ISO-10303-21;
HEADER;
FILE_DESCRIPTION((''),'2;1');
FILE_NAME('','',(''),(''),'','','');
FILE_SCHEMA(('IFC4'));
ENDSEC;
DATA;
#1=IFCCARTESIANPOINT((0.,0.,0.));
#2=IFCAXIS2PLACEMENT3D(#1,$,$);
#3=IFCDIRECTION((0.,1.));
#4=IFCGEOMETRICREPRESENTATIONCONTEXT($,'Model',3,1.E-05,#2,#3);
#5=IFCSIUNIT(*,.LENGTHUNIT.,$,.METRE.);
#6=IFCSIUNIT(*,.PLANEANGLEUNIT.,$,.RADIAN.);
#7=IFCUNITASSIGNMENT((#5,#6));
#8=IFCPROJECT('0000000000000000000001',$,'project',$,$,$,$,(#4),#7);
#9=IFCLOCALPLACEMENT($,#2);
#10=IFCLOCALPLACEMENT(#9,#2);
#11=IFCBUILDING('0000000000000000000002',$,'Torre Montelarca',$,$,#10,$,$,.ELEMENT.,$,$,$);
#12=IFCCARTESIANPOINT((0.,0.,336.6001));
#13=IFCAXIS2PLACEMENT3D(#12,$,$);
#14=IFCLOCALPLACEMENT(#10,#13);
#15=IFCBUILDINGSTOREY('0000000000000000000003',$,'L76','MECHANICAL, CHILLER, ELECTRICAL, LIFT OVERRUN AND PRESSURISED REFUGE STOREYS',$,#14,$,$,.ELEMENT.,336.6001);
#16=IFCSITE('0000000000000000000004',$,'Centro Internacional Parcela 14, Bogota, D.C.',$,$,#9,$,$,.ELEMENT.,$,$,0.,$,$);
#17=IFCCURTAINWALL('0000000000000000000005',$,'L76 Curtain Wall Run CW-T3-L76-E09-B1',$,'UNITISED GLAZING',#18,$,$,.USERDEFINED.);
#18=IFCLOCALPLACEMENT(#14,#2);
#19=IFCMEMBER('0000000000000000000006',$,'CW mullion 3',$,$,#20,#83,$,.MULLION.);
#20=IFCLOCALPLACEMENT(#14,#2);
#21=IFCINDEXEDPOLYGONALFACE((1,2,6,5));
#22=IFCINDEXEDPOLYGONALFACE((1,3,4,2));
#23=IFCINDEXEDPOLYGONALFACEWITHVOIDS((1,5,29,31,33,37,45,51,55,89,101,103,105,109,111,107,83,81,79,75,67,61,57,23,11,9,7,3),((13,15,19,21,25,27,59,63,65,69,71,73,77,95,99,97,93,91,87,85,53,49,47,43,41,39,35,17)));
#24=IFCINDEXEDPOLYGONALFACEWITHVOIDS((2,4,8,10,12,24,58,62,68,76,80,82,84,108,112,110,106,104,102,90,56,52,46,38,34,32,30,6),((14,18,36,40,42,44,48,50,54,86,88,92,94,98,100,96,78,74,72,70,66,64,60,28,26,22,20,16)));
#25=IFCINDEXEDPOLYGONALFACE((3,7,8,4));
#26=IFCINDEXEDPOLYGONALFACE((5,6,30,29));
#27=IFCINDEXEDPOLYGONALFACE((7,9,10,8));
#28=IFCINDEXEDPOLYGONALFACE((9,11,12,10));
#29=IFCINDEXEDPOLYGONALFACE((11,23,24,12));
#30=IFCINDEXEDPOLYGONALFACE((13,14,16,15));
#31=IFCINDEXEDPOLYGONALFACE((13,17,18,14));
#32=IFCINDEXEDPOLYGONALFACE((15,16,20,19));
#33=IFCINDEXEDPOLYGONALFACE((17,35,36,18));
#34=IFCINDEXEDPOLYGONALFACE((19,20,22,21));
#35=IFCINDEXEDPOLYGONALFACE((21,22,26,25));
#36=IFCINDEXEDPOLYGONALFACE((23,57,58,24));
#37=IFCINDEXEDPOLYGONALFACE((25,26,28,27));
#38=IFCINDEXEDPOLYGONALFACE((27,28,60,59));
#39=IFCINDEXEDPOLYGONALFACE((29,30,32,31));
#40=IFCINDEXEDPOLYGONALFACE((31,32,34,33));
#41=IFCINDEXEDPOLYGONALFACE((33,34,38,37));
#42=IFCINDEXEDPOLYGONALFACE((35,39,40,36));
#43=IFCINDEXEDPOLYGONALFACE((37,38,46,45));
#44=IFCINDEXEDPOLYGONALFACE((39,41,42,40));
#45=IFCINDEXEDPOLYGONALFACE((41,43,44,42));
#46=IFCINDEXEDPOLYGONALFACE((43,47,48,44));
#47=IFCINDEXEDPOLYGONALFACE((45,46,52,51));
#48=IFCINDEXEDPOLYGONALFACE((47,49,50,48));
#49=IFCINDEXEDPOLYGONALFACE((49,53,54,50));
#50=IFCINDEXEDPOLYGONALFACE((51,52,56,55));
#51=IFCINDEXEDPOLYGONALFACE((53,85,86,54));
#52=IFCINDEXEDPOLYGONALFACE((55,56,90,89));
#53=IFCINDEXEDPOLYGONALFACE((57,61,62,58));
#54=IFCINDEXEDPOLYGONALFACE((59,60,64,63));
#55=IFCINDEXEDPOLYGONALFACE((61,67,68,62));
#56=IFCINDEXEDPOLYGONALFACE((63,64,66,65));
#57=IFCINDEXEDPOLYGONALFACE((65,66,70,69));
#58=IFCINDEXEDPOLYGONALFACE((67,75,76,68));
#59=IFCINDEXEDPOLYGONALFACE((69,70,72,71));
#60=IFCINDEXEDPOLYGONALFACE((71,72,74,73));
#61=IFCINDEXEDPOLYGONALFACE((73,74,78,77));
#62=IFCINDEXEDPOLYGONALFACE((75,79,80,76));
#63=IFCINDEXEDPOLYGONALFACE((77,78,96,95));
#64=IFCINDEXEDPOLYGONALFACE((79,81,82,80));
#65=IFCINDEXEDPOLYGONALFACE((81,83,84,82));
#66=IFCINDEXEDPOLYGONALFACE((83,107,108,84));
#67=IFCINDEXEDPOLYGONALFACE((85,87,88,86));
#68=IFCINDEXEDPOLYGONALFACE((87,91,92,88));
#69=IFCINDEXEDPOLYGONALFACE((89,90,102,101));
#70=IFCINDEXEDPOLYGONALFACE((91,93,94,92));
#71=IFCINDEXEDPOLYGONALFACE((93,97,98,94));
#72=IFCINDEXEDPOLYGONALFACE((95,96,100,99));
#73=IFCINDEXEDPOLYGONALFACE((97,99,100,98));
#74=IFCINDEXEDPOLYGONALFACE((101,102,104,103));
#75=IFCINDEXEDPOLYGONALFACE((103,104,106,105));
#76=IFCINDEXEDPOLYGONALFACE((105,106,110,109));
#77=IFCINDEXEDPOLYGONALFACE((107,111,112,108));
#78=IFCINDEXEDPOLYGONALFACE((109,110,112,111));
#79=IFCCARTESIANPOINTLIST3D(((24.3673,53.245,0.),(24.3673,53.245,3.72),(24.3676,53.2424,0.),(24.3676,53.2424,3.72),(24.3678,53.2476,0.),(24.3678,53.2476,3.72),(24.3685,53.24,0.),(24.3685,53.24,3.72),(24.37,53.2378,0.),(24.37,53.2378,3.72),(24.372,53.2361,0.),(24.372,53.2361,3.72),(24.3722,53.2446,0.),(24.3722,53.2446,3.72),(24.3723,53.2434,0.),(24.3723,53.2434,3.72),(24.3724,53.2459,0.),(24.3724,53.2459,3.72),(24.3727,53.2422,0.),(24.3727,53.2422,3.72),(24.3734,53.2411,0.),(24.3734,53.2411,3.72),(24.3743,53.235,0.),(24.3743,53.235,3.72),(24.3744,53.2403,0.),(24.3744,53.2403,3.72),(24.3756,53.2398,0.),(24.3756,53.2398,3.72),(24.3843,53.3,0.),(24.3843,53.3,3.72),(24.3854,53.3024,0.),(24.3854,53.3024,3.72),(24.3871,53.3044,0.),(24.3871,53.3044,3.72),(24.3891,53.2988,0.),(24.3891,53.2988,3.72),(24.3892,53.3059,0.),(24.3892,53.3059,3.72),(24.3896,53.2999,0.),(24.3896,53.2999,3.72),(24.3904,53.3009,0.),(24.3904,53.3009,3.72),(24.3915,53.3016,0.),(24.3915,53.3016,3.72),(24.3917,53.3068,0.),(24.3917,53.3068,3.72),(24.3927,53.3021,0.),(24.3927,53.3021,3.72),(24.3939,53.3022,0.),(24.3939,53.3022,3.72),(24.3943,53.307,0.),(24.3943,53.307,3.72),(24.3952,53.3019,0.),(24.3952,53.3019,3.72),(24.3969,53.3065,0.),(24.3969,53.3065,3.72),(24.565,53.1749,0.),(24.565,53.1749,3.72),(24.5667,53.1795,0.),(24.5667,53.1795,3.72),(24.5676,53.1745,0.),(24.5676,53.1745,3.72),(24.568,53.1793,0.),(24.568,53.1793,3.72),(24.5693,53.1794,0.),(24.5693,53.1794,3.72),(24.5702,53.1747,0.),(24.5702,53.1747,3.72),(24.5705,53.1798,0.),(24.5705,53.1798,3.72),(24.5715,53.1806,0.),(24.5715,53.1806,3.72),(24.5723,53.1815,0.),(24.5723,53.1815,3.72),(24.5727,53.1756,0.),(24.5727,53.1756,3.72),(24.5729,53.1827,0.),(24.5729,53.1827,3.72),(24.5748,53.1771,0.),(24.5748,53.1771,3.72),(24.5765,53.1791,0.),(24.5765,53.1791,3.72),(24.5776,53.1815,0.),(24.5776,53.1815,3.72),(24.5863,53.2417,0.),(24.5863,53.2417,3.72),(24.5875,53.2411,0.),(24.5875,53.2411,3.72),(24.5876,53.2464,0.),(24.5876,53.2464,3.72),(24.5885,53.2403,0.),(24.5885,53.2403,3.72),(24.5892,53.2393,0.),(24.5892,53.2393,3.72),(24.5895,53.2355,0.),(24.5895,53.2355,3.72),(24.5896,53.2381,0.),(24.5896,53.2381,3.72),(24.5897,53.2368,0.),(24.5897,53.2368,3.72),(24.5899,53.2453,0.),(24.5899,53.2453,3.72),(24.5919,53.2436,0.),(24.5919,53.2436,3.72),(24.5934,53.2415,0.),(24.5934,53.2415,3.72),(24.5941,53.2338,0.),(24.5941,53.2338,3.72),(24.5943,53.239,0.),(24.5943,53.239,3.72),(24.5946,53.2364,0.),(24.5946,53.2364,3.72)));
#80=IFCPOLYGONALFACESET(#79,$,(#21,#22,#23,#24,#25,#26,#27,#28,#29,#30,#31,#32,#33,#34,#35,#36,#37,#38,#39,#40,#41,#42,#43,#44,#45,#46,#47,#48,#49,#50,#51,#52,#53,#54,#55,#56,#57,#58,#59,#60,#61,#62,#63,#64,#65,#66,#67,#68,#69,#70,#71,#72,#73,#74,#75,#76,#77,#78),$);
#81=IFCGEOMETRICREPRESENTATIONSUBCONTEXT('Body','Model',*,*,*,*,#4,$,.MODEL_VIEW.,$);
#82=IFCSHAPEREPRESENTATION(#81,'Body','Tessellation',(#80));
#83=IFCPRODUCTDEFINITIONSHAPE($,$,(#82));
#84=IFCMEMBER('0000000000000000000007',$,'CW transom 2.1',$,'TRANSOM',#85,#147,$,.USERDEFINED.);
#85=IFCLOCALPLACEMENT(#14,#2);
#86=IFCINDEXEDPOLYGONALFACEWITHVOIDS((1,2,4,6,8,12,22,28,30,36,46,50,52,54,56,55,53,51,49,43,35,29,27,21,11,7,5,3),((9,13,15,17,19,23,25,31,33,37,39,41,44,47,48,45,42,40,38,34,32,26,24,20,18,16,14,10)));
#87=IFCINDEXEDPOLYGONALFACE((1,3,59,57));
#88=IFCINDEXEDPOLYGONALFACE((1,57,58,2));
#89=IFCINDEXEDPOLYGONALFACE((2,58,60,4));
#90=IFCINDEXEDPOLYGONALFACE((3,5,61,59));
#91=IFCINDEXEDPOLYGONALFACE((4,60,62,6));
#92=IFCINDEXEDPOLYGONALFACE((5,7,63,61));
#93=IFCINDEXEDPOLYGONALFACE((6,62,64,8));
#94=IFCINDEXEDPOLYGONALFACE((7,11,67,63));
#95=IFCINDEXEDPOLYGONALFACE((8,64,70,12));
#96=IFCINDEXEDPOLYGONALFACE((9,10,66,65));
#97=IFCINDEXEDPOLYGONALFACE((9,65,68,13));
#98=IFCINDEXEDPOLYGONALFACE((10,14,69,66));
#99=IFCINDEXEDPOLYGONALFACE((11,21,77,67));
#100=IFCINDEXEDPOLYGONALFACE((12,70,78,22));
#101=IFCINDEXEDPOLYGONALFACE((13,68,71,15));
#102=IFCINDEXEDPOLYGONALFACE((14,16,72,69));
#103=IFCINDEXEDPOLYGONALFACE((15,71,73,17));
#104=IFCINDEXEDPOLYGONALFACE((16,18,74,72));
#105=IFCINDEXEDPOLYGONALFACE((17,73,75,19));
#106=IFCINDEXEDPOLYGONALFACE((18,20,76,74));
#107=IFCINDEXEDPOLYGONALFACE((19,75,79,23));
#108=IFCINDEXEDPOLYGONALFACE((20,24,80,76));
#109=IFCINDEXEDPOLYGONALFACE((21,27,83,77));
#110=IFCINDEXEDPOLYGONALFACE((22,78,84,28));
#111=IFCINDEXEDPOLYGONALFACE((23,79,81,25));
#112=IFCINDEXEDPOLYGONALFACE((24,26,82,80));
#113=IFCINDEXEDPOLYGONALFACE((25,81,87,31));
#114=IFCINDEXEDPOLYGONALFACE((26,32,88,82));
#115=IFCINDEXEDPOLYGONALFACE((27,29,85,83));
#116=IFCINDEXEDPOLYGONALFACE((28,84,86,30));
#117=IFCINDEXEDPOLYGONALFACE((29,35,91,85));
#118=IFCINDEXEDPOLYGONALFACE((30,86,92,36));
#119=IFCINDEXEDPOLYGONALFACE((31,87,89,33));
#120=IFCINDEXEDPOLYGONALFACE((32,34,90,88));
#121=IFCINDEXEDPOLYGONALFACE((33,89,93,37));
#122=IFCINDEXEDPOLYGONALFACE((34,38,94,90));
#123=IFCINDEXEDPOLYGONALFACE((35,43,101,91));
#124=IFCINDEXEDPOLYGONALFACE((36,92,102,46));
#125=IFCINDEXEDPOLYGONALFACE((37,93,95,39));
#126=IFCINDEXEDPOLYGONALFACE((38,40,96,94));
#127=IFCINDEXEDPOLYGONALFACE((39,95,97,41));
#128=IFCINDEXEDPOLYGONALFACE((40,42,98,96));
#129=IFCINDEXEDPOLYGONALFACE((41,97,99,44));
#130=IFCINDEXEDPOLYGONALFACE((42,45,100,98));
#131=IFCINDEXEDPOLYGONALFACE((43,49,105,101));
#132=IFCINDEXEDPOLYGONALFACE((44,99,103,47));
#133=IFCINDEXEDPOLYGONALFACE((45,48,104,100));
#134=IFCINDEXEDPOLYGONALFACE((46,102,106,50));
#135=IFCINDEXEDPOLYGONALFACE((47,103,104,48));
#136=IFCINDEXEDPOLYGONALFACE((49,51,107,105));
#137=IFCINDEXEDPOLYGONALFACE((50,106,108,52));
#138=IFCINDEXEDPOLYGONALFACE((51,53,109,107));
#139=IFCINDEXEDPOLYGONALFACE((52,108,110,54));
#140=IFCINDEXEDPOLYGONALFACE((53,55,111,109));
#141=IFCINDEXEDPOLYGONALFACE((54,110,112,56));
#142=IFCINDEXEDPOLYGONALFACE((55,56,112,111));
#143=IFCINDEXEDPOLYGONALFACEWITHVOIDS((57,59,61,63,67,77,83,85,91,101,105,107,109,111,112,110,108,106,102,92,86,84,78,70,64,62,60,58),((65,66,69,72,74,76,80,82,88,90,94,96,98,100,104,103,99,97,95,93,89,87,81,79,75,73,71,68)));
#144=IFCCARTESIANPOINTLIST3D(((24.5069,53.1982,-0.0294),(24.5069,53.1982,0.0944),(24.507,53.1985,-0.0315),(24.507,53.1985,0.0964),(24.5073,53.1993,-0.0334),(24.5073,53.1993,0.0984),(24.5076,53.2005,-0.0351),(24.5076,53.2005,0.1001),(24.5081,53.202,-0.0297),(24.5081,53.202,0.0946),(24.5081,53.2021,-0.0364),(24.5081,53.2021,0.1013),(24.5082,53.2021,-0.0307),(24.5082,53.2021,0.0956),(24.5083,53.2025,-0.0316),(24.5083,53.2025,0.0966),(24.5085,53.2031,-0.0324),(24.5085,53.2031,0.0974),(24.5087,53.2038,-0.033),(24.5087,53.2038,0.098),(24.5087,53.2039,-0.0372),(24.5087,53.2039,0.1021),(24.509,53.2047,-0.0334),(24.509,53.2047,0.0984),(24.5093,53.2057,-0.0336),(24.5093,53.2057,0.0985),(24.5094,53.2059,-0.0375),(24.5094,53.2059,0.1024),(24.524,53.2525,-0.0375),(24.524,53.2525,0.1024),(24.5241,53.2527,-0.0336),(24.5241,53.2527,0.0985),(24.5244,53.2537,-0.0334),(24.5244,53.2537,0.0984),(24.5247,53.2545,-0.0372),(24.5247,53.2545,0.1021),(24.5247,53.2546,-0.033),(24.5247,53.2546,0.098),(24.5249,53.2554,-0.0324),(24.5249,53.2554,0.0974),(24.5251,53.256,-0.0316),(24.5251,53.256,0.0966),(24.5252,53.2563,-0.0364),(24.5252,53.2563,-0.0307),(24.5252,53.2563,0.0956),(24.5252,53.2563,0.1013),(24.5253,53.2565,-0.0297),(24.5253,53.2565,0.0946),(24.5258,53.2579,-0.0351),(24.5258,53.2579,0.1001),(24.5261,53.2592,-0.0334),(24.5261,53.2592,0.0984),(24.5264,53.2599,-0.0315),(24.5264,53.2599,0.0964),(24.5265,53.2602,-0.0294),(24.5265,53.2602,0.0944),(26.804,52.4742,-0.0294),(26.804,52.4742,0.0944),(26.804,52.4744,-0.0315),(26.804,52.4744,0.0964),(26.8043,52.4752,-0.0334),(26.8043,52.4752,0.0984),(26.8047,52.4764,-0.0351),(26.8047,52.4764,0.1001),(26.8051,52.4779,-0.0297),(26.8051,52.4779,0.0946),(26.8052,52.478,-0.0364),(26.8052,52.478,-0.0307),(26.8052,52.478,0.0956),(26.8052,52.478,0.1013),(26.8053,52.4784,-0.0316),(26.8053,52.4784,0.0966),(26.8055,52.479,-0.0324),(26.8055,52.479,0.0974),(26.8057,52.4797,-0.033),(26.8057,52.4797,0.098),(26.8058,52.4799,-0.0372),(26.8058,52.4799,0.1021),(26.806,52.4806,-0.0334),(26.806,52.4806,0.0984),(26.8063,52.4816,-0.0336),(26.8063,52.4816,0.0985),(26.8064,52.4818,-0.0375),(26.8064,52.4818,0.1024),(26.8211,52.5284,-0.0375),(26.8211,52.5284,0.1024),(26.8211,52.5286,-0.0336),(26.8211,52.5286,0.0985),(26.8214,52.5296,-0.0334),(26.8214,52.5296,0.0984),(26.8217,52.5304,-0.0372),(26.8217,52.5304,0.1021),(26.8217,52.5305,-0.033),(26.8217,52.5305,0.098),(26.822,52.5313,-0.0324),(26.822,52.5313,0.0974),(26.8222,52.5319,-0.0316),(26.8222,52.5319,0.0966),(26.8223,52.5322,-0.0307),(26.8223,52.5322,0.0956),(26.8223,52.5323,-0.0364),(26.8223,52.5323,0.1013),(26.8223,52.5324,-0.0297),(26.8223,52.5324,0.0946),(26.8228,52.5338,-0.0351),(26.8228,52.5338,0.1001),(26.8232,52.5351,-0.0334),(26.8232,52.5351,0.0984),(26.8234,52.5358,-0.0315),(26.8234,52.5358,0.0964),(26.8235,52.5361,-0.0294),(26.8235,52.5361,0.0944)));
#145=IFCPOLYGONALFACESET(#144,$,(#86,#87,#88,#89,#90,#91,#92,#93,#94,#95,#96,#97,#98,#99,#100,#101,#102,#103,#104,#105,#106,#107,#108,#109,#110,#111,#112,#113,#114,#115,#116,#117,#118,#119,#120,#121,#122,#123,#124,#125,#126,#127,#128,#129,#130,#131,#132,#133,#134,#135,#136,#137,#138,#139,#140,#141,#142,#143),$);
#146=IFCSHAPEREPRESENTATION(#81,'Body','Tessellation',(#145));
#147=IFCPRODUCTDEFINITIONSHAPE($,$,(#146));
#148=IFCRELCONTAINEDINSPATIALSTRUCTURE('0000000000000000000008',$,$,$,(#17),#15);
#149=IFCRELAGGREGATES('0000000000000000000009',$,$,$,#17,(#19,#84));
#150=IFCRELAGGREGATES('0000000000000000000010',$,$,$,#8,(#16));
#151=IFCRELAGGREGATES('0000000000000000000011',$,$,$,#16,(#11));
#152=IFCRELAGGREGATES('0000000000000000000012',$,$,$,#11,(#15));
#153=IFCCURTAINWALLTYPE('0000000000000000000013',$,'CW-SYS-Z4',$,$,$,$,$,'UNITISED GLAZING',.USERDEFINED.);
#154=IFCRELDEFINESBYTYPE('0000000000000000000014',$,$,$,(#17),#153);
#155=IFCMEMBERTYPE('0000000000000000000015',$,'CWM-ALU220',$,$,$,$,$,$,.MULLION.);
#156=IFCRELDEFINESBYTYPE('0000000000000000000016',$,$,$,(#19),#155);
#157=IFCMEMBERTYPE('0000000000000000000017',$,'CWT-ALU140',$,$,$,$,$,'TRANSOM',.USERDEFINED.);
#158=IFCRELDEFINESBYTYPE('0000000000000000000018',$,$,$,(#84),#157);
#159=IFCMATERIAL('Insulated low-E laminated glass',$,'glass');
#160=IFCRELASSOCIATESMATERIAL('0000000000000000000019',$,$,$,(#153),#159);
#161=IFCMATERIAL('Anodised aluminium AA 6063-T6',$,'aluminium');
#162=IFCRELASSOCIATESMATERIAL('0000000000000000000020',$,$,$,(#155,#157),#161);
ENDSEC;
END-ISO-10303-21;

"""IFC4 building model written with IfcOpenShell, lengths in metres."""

from ifc_helpers import new_model, si_unit, direction, frame, origin, origin_2d, place, context, subcontext, project, spatial, hollow_rectangle, extrude, source, transform, mapped, material, material_profile, profile_set, type_object, element, aggregate, save


model = new_model("IFC4")

# Units and contexts
model_context = context("Model", 3, precision=1e-05, world=origin(), true_north=direction((0.0, 1.0)))
body_context = subcontext(model_context, "Body", "Model", "MODEL_VIEW")
ifc_project = project(units=[si_unit("LENGTHUNIT", "METRE"), si_unit("PLANEANGLEUNIT", "RADIAN")], contexts=[model_context])

# Site, building, storey
site_placement = place(None, origin())
site = spatial("IfcSite", under=ifc_project, at=site_placement, Name="Centro Internacional Parcela 14, Bogota, D.C.", CompositionType="ELEMENT", RefElevation=0.0)
building_placement = place(site_placement, origin())
building = spatial("IfcBuilding", under=site, at=building_placement, Name="Torre Montelarca", CompositionType="ELEMENT")
storey_placement = place(building_placement, frame((0.0, 0.0, 336.6001)))
storey = spatial("IfcBuildingStorey", under=building, at=storey_placement, Name="L76", Description="MECHANICAL, CHILLER, ELECTRICAL, LIFT OVERRUN AND PRESSURISED REFUGE STOREYS", CompositionType="ELEMENT", Elevation=336.6001)

# Curtain wall, members
ifc_material_1 = material(Name="Insulated low-E laminated glass", Category="glass")
curtain_wall_type = type_object("IfcCurtainWallType", Name="CW-SYS-Z4", ElementType="UNITISED GLAZING", PredefinedType="USERDEFINED", material=ifc_material_1)
curtain_wall_1_placement = place(storey_placement, origin())
curtain_wall_1 = element("IfcCurtainWall", 1, at=curtain_wall_1_placement, inside=storey, type_object=curtain_wall_type, Name="L76 Curtain Wall Run CW-T3-L76-E09-B1", ObjectType="UNITISED GLAZING", PredefinedType="USERDEFINED")
ifc_material_2 = material(Name="Anodised aluminium AA 6063-T6", Category="aluminium")
ifc_material_profile_1 = material_profile(ifc_material_2, hollow_rectangle(XDim=0.075, YDim=0.22, WallThickness=0.0049, InnerFilletRadius=0.0049, OuterFilletRadius=0.01, at=origin_2d()), Name="ALU75X220X5", Category="aluminium")
ifc_profile_set_1 = profile_set([ifc_material_profile_1], Name="Anodised aluminium AA 6063-T6")
member_type_1 = type_object("IfcMemberType", Name="CWM-ALU220", PredefinedType="MULLION", material=ifc_profile_set_1)
shared_shape_1 = source(origin(), body_context, "Body", "SweptSolid", [
    extrude(hollow_rectangle(XDim=0.075, YDim=0.22, WallThickness=0.0049, InnerFilletRadius=0.0049, OuterFilletRadius=0.01, at=origin_2d()), origin(), (0.0, 0.0, 1.0), 3.72),
])
member_1_placement = place(storey_placement, frame((24.481, 53.2407, 0.0), z_axis=(0.0, 0.0, 1.0), x_axis=(-0.300693, -0.953721, 0.0)))
member_1 = element("IfcMember", 2, at=member_1_placement, type_object=member_type_1, Name="CW mullion 3", PredefinedType="MULLION", context=body_context, shape_type="MappedRepresentation", body=[
    mapped(shared_shape_1, transform((0.0, 0.0, 0.0), scale=1.0)),
])
ifc_material_profile_2 = material_profile(ifc_material_2, hollow_rectangle(XDim=0.0649, YDim=0.1399, WallThickness=0.0039, InnerFilletRadius=0.0039, OuterFilletRadius=0.0081, at=origin_2d()), Name="ALU65X140X4", Category="aluminium")
ifc_profile_set_2 = profile_set([ifc_material_profile_2], Name="Anodised aluminium AA 6063-T6")
member_type_2 = type_object("IfcMemberType", Name="CWT-ALU140", ElementType="TRANSOM", PredefinedType="USERDEFINED", material=ifc_profile_set_2)
shared_shape_2 = source(origin(), body_context, "Body", "SweptSolid", [
    extrude(hollow_rectangle(XDim=0.0649, YDim=0.1399, WallThickness=0.0039, InnerFilletRadius=0.0039, OuterFilletRadius=0.0081, at=origin_2d()), origin(), (0.0, 0.0, 1.0), 2.4084),
])
member_2_placement = place(storey_placement, frame((26.8137, 52.5051, 0.0325), z_axis=(-0.953736, 0.300646, 0.0), x_axis=(-0.300646, -0.953736, 0.0)))
member_2 = element("IfcMember", 3, at=member_2_placement, type_object=member_type_2, Name="CW transom 2.1", ObjectType="TRANSOM", PredefinedType="USERDEFINED", context=body_context, shape_type="MappedRepresentation", body=[
    mapped(shared_shape_2, transform((0.0, 0.0, 0.0), scale=1.0)),
])

aggregate(curtain_wall_1, [member_1, member_2])

save(model, "model.ifc")
